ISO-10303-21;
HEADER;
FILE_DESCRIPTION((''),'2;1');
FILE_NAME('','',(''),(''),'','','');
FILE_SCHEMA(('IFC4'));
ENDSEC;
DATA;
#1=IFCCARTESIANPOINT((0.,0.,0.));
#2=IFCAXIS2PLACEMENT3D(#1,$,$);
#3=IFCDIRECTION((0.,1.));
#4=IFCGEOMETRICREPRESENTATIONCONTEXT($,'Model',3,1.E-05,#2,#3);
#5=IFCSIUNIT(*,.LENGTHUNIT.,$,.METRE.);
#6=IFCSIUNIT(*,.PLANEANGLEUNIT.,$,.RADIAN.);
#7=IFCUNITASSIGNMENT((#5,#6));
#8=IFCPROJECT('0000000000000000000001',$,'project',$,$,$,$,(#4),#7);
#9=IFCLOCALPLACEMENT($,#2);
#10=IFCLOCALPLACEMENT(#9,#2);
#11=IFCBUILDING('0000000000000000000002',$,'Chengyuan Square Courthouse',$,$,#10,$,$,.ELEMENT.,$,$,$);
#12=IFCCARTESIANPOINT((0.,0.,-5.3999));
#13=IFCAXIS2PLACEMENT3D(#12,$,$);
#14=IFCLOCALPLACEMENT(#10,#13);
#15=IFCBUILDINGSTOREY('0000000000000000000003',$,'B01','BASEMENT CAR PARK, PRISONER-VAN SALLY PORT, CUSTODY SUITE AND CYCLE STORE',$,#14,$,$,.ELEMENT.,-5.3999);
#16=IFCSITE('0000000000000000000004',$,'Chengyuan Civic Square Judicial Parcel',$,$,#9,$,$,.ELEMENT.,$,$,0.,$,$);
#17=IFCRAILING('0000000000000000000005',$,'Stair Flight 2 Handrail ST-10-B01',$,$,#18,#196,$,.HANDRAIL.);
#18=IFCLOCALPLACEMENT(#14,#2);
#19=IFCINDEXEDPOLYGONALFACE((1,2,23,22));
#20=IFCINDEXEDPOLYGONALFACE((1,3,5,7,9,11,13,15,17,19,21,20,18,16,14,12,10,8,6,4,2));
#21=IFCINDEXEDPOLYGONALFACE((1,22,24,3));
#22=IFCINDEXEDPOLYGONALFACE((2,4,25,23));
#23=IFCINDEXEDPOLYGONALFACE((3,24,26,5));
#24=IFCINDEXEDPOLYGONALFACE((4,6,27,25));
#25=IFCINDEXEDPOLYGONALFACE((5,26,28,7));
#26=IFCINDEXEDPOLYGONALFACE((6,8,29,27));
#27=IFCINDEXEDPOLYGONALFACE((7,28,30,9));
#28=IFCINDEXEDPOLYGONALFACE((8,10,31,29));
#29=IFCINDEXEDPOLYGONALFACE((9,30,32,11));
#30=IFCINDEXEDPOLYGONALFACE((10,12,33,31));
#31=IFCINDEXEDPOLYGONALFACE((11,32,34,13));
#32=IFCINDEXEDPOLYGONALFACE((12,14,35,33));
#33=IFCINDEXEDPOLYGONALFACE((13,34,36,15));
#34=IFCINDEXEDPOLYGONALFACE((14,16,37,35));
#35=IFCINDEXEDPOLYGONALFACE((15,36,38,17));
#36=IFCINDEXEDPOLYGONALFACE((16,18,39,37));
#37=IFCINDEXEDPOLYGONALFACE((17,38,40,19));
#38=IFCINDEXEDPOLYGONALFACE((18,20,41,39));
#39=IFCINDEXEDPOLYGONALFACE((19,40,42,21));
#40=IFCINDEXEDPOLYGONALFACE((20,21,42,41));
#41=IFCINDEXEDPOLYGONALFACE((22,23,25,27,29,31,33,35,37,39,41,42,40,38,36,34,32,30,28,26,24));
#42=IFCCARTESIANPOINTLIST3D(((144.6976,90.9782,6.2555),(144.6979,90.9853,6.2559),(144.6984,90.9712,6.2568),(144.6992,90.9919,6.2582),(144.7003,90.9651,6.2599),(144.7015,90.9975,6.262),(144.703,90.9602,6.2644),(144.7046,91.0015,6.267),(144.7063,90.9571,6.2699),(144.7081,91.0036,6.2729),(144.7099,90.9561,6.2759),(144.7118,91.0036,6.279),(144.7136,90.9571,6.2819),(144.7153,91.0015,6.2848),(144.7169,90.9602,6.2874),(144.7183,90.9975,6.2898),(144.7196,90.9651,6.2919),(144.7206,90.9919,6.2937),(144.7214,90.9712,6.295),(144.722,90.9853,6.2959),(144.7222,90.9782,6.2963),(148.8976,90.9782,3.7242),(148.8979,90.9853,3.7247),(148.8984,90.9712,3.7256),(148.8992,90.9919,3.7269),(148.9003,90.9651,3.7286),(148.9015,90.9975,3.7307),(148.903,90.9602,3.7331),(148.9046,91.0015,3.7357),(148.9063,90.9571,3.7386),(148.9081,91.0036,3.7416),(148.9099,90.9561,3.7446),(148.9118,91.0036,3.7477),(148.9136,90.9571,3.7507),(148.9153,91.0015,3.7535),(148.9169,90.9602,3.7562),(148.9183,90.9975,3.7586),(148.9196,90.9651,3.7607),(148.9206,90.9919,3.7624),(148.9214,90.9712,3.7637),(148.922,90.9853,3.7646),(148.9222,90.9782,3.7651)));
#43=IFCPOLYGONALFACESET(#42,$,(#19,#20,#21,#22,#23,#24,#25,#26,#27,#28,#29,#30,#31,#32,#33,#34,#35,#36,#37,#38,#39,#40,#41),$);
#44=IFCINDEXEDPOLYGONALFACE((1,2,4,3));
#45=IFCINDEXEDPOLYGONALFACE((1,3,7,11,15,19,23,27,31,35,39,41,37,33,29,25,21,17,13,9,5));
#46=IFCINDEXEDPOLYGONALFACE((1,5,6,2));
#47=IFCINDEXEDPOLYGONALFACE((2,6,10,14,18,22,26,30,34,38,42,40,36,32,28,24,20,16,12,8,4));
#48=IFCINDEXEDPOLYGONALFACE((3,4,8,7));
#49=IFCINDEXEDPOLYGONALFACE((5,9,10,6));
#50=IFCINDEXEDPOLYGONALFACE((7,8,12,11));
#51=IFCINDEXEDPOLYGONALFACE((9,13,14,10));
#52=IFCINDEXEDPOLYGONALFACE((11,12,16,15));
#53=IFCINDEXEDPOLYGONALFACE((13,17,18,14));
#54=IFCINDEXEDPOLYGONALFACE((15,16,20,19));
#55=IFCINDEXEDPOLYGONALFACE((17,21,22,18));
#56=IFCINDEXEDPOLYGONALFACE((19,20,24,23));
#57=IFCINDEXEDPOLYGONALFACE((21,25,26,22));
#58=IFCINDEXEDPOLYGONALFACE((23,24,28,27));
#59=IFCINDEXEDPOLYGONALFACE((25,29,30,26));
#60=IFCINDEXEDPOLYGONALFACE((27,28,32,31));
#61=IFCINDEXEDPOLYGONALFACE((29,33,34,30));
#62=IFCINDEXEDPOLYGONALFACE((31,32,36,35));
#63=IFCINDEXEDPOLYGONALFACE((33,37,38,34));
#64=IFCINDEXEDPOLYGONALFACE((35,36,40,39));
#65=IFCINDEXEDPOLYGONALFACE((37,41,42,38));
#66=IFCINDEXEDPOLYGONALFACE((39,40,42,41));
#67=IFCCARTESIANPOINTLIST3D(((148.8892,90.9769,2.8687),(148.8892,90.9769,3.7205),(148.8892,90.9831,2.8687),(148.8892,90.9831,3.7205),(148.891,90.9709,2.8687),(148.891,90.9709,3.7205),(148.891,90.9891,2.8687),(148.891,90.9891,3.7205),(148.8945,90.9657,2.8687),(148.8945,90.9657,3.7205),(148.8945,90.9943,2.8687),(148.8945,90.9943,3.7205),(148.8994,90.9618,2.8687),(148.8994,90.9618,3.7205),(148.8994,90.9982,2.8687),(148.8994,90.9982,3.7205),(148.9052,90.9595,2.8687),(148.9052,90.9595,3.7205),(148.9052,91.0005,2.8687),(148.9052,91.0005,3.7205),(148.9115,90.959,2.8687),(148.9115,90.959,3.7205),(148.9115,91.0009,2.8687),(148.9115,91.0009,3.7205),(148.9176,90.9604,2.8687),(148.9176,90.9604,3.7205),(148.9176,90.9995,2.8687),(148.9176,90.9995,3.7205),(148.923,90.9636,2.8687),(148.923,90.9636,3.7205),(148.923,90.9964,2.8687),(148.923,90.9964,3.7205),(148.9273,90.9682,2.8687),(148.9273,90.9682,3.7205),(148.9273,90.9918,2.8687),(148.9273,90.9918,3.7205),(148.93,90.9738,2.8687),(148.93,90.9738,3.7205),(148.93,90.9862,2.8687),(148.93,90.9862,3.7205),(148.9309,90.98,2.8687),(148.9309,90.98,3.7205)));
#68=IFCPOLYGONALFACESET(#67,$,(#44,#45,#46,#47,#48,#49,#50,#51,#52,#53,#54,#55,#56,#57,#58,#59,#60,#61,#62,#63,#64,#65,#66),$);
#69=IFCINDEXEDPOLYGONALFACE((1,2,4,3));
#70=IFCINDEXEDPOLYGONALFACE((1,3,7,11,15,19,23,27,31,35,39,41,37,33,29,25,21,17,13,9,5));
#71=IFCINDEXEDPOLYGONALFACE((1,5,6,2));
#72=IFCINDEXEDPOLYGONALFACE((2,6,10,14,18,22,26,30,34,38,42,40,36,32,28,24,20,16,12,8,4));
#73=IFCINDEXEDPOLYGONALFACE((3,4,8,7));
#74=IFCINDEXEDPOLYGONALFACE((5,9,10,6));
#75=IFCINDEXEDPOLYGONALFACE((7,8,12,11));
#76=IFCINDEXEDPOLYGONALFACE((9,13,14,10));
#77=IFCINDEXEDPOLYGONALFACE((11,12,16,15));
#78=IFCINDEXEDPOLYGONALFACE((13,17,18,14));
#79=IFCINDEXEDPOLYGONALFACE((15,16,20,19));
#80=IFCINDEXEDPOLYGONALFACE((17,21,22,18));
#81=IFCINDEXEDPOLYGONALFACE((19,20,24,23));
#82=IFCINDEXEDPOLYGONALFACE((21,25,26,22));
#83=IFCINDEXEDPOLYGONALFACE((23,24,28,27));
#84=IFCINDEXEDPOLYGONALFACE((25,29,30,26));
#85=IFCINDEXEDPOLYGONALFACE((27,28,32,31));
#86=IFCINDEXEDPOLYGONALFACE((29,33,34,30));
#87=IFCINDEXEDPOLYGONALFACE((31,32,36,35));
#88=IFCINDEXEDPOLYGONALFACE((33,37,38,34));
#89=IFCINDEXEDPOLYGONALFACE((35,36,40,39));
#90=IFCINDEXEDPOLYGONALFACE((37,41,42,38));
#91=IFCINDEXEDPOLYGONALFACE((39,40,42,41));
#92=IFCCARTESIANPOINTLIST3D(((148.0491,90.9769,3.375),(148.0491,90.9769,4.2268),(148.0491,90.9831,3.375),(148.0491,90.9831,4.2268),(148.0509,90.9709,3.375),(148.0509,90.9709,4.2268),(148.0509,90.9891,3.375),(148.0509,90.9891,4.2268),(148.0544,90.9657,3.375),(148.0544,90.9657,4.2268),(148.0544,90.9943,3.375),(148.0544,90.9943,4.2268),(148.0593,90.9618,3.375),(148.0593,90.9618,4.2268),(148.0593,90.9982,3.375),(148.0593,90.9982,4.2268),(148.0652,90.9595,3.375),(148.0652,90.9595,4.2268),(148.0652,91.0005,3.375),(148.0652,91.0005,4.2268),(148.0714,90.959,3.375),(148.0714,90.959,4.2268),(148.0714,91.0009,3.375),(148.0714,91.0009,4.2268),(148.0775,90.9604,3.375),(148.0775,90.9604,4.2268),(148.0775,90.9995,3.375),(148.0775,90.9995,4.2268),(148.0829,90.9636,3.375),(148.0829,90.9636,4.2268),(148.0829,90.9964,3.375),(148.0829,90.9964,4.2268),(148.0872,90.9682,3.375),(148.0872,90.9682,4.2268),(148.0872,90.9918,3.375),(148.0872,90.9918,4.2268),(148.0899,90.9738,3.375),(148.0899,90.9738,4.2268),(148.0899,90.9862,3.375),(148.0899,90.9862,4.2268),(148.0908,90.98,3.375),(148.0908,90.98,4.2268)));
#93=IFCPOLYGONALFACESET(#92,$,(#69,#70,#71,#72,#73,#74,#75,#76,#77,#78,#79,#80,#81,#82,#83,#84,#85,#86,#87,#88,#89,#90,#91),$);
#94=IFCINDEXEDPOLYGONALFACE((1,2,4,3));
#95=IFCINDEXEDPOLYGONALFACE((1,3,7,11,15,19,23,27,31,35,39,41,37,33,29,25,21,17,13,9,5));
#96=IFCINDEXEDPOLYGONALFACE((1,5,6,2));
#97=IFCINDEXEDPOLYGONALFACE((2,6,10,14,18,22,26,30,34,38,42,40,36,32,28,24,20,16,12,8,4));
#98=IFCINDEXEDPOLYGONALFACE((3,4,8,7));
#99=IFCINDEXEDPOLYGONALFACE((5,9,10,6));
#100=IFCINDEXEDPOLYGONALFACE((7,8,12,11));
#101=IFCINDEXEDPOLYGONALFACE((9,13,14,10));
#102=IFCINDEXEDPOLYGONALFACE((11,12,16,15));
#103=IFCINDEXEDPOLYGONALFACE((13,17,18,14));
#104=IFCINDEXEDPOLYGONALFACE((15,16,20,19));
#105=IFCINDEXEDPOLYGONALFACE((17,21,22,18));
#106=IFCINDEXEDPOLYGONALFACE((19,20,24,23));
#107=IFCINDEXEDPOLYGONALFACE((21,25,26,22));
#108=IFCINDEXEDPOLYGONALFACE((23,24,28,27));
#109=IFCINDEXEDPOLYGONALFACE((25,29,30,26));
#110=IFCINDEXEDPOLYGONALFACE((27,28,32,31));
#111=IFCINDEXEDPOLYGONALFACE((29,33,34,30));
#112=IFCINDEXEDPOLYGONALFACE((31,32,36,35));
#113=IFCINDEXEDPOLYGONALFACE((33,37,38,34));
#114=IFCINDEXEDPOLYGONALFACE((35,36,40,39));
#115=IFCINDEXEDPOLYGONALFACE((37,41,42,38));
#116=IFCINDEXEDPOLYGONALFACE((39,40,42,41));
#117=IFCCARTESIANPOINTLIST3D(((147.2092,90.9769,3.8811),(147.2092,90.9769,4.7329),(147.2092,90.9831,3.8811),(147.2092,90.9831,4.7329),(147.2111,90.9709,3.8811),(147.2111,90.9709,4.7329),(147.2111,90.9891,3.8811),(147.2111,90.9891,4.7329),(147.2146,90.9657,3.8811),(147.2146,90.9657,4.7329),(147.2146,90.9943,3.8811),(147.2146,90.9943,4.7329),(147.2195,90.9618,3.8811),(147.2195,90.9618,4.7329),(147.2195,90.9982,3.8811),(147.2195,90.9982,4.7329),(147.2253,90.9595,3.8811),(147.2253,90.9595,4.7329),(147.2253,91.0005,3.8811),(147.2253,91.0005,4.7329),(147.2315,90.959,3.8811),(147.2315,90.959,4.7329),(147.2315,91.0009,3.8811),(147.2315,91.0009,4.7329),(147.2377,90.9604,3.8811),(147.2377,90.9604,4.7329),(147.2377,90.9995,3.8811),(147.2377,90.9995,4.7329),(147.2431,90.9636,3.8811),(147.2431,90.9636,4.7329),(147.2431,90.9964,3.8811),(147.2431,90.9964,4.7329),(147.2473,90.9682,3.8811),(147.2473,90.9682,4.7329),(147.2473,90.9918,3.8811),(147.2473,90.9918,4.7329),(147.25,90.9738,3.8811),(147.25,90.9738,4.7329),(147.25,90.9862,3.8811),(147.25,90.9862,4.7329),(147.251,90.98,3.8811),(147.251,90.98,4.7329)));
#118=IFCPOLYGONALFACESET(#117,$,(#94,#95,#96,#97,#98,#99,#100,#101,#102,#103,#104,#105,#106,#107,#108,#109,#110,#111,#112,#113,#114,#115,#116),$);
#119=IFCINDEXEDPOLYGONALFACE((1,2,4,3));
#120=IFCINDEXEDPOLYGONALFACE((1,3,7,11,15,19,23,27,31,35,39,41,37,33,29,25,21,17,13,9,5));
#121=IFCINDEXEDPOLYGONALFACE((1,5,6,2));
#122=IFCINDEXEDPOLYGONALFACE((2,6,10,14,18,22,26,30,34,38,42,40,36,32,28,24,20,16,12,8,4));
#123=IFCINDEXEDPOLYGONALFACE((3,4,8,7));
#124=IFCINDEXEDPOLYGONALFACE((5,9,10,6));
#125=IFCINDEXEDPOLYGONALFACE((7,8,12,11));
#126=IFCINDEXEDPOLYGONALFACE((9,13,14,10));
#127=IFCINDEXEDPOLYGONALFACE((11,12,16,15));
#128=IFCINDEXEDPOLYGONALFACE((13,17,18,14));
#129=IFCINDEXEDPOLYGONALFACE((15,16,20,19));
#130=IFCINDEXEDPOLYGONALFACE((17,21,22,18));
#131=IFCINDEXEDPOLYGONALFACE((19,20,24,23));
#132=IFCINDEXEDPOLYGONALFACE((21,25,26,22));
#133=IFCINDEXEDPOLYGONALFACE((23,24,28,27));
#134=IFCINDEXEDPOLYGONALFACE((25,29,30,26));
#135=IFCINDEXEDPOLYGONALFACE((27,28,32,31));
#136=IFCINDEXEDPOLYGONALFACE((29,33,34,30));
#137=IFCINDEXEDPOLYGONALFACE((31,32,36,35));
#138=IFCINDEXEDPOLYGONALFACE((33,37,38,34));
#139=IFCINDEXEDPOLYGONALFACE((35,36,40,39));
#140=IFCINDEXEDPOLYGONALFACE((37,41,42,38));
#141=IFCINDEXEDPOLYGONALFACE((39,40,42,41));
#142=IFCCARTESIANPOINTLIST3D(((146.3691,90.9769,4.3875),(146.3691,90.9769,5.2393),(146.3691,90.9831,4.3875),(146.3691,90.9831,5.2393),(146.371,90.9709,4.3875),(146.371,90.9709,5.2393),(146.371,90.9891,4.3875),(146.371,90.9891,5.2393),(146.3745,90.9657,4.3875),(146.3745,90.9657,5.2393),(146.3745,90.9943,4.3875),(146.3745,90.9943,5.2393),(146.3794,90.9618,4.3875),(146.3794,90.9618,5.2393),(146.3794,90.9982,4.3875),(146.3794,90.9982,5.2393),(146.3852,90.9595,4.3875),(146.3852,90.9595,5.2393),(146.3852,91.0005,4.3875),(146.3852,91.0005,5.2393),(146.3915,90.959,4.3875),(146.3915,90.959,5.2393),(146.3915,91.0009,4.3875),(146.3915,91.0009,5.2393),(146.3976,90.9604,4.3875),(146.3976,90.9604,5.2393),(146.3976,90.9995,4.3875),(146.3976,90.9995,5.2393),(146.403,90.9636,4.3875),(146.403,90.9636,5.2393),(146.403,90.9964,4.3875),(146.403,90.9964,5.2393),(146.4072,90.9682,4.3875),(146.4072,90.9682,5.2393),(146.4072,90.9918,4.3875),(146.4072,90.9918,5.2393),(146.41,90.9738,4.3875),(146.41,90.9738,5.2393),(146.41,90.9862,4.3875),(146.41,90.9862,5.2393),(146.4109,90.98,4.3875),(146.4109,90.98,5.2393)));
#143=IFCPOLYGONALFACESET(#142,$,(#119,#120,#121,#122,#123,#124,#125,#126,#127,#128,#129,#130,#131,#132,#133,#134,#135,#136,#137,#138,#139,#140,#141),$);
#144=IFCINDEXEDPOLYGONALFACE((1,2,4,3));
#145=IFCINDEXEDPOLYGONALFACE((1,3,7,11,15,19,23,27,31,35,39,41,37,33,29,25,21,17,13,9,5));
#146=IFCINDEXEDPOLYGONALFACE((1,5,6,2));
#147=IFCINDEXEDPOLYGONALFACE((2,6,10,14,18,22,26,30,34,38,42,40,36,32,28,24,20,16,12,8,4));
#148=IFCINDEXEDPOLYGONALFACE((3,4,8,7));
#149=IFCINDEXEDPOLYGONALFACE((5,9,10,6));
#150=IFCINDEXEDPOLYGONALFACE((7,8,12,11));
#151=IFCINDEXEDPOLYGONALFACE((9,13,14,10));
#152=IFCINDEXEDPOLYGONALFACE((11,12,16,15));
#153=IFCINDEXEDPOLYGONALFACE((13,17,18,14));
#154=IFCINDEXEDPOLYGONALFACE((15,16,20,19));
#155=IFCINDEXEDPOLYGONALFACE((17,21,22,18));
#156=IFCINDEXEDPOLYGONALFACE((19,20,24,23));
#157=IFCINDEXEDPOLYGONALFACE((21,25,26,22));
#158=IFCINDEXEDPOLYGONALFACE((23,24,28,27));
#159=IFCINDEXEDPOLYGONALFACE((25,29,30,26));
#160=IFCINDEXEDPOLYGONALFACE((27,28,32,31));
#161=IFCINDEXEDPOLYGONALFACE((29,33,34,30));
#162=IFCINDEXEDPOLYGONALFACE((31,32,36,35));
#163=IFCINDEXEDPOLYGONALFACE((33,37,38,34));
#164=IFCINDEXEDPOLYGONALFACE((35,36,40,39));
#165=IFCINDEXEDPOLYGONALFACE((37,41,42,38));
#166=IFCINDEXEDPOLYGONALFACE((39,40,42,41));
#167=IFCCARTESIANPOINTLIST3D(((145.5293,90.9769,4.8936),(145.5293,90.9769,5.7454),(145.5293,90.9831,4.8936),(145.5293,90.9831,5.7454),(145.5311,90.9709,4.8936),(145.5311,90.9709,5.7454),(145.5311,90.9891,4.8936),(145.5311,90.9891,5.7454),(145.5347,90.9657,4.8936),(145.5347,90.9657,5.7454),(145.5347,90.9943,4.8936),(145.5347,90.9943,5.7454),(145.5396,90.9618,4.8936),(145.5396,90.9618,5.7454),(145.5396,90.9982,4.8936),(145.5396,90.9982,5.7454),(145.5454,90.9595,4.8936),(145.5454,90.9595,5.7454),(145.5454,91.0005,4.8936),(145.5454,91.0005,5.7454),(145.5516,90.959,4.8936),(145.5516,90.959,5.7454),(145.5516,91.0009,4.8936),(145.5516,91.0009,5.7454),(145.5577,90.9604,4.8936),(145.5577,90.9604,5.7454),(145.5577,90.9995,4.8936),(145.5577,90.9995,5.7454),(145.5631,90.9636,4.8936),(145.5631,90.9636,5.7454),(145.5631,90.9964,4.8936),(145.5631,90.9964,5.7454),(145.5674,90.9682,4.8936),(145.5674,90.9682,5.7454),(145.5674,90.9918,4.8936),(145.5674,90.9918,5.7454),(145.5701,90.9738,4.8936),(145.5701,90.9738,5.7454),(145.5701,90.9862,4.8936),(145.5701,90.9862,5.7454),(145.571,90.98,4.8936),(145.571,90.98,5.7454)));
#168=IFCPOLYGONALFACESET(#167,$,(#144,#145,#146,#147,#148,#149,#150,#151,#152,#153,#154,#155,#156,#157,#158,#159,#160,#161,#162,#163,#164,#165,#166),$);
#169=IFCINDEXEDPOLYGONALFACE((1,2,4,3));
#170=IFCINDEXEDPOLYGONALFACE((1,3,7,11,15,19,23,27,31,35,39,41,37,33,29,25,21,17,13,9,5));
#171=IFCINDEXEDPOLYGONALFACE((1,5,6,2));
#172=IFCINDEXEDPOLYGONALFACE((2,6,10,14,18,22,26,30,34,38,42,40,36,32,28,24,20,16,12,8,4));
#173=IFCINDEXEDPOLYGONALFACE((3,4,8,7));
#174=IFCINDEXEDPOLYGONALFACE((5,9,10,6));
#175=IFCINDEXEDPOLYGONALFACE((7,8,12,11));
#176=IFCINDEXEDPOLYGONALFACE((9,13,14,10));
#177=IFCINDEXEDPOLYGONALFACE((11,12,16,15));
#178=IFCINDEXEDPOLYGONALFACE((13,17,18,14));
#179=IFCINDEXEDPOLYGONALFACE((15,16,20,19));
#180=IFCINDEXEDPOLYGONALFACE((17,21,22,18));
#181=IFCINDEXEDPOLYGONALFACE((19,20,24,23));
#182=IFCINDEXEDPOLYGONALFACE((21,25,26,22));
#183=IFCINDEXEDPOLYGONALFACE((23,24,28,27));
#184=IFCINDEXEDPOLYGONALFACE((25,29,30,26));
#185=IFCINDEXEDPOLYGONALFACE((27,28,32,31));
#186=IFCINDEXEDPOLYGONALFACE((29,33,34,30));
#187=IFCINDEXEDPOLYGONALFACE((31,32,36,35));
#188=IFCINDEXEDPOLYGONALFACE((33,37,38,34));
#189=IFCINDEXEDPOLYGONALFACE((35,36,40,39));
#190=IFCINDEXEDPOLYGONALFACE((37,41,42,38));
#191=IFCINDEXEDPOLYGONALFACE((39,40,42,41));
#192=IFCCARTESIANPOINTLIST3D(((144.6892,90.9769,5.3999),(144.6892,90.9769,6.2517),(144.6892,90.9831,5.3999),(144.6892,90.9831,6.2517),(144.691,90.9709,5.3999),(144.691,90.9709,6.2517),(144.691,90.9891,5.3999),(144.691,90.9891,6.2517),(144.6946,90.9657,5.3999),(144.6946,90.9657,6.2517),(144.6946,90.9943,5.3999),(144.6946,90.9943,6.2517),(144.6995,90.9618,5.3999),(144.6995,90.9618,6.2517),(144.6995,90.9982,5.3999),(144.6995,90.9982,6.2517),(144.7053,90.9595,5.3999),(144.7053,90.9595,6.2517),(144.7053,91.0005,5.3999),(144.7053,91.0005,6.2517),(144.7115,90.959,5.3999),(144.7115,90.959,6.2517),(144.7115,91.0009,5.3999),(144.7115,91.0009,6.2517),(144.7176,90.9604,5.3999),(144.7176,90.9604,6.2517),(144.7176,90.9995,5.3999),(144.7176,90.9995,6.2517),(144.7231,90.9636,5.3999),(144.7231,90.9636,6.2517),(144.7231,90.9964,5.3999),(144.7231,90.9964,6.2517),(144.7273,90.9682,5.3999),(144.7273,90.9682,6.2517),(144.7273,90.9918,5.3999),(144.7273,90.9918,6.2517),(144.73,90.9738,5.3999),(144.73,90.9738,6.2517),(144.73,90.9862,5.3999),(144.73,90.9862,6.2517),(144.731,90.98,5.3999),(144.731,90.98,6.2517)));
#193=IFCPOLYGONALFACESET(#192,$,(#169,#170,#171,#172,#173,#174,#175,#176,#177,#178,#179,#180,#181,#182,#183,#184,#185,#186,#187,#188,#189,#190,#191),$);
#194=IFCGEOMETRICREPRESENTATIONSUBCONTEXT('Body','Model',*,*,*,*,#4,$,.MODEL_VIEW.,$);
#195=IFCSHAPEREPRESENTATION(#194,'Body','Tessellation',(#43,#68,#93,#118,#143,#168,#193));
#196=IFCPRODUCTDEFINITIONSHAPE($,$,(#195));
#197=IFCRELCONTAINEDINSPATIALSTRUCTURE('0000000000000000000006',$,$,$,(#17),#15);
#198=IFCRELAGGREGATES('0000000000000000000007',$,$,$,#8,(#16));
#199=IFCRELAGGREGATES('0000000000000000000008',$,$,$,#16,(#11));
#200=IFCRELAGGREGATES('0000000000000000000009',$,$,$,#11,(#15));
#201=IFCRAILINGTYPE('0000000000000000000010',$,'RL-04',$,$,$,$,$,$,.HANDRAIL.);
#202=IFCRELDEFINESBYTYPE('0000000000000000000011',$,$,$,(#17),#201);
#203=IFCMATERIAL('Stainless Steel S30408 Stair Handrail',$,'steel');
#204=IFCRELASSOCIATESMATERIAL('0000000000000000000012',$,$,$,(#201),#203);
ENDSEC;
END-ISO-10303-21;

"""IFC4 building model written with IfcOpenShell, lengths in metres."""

from ifc_helpers import new_model, si_unit, direction, frame, origin, origin_2d, place, context, subcontext, project, spatial, circle, extrude, material, type_object, element, save


model = new_model("IFC4")

# Units and contexts
model_context = context("Model", 3, precision=1e-05, world=origin(), true_north=direction((0.0, 1.0)))
body_context = subcontext(model_context, "Body", "Model", "MODEL_VIEW")
ifc_project = project(units=[si_unit("LENGTHUNIT", "METRE"), si_unit("PLANEANGLEUNIT", "RADIAN")], contexts=[model_context])

# Site, building, storey
site_placement = place(None, origin())
site = spatial("IfcSite", under=ifc_project, at=site_placement, Name="Chengyuan Civic Square Judicial Parcel", CompositionType="ELEMENT", RefElevation=0.0)
building_placement = place(site_placement, origin())
building = spatial("IfcBuilding", under=site, at=building_placement, Name="Chengyuan Square Courthouse", CompositionType="ELEMENT")
storey_placement = place(building_placement, frame((0.0, 0.0, -5.3999)))
storey = spatial("IfcBuildingStorey", under=building, at=storey_placement, Name="B01", Description="BASEMENT CAR PARK, PRISONER-VAN SALLY PORT, CUSTODY SUITE AND CYCLE STORE", CompositionType="ELEMENT", Elevation=-5.3999)

# Railing
ifc_material_1 = material(Name="Stainless Steel S30408 Stair Handrail", Category="steel")
railing_type_1 = type_object("IfcRailingType", Name="RL-04", PredefinedType="HANDRAIL", material=ifc_material_1)
railing_1_placement = place(storey_placement, frame((148.9099, 90.98, 2.8687)))
element("IfcRailing", 1, at=railing_1_placement, inside=storey, type_object=railing_type_1, Name="Stair Flight 2 Handrail ST-10-B01", PredefinedType="HANDRAIL", context=body_context, shape_type="SweptSolid", body=[
    extrude(circle(Radius=0.0239, at=origin_2d()), frame((0.0, 0.0, 0.876), z_axis=(-0.856476, 0.0, 0.516186), x_axis=(0.0, -1.0, 0.0)), (0.0, 0.0, 1.0), 4.9038),
    extrude(circle(Radius=0.021, at=origin_2d()), origin(), (0.0, 0.0, 1.0), 0.8518),
    extrude(circle(Radius=0.021, at=origin_2d()), frame((-0.8401, 0.0, 0.5063)), (0.0, 0.0, 1.0), 0.8518),
    extrude(circle(Radius=0.021, at=origin_2d()), frame((-1.6799, 0.0, 1.0125)), (0.0, 0.0, 1.0), 0.8518),
    extrude(circle(Radius=0.021, at=origin_2d()), frame((-2.52, 0.0, 1.5188)), (0.0, 0.0, 1.0), 0.8518),
    extrude(circle(Radius=0.021, at=origin_2d()), frame((-3.3599, 0.0, 2.0249)), (0.0, 0.0, 1.0), 0.8518),
    extrude(circle(Radius=0.021, at=origin_2d()), frame((-4.2, 0.0, 2.5312)), (0.0, 0.0, 1.0), 0.8518),
])

save(model, "model.ifc")
